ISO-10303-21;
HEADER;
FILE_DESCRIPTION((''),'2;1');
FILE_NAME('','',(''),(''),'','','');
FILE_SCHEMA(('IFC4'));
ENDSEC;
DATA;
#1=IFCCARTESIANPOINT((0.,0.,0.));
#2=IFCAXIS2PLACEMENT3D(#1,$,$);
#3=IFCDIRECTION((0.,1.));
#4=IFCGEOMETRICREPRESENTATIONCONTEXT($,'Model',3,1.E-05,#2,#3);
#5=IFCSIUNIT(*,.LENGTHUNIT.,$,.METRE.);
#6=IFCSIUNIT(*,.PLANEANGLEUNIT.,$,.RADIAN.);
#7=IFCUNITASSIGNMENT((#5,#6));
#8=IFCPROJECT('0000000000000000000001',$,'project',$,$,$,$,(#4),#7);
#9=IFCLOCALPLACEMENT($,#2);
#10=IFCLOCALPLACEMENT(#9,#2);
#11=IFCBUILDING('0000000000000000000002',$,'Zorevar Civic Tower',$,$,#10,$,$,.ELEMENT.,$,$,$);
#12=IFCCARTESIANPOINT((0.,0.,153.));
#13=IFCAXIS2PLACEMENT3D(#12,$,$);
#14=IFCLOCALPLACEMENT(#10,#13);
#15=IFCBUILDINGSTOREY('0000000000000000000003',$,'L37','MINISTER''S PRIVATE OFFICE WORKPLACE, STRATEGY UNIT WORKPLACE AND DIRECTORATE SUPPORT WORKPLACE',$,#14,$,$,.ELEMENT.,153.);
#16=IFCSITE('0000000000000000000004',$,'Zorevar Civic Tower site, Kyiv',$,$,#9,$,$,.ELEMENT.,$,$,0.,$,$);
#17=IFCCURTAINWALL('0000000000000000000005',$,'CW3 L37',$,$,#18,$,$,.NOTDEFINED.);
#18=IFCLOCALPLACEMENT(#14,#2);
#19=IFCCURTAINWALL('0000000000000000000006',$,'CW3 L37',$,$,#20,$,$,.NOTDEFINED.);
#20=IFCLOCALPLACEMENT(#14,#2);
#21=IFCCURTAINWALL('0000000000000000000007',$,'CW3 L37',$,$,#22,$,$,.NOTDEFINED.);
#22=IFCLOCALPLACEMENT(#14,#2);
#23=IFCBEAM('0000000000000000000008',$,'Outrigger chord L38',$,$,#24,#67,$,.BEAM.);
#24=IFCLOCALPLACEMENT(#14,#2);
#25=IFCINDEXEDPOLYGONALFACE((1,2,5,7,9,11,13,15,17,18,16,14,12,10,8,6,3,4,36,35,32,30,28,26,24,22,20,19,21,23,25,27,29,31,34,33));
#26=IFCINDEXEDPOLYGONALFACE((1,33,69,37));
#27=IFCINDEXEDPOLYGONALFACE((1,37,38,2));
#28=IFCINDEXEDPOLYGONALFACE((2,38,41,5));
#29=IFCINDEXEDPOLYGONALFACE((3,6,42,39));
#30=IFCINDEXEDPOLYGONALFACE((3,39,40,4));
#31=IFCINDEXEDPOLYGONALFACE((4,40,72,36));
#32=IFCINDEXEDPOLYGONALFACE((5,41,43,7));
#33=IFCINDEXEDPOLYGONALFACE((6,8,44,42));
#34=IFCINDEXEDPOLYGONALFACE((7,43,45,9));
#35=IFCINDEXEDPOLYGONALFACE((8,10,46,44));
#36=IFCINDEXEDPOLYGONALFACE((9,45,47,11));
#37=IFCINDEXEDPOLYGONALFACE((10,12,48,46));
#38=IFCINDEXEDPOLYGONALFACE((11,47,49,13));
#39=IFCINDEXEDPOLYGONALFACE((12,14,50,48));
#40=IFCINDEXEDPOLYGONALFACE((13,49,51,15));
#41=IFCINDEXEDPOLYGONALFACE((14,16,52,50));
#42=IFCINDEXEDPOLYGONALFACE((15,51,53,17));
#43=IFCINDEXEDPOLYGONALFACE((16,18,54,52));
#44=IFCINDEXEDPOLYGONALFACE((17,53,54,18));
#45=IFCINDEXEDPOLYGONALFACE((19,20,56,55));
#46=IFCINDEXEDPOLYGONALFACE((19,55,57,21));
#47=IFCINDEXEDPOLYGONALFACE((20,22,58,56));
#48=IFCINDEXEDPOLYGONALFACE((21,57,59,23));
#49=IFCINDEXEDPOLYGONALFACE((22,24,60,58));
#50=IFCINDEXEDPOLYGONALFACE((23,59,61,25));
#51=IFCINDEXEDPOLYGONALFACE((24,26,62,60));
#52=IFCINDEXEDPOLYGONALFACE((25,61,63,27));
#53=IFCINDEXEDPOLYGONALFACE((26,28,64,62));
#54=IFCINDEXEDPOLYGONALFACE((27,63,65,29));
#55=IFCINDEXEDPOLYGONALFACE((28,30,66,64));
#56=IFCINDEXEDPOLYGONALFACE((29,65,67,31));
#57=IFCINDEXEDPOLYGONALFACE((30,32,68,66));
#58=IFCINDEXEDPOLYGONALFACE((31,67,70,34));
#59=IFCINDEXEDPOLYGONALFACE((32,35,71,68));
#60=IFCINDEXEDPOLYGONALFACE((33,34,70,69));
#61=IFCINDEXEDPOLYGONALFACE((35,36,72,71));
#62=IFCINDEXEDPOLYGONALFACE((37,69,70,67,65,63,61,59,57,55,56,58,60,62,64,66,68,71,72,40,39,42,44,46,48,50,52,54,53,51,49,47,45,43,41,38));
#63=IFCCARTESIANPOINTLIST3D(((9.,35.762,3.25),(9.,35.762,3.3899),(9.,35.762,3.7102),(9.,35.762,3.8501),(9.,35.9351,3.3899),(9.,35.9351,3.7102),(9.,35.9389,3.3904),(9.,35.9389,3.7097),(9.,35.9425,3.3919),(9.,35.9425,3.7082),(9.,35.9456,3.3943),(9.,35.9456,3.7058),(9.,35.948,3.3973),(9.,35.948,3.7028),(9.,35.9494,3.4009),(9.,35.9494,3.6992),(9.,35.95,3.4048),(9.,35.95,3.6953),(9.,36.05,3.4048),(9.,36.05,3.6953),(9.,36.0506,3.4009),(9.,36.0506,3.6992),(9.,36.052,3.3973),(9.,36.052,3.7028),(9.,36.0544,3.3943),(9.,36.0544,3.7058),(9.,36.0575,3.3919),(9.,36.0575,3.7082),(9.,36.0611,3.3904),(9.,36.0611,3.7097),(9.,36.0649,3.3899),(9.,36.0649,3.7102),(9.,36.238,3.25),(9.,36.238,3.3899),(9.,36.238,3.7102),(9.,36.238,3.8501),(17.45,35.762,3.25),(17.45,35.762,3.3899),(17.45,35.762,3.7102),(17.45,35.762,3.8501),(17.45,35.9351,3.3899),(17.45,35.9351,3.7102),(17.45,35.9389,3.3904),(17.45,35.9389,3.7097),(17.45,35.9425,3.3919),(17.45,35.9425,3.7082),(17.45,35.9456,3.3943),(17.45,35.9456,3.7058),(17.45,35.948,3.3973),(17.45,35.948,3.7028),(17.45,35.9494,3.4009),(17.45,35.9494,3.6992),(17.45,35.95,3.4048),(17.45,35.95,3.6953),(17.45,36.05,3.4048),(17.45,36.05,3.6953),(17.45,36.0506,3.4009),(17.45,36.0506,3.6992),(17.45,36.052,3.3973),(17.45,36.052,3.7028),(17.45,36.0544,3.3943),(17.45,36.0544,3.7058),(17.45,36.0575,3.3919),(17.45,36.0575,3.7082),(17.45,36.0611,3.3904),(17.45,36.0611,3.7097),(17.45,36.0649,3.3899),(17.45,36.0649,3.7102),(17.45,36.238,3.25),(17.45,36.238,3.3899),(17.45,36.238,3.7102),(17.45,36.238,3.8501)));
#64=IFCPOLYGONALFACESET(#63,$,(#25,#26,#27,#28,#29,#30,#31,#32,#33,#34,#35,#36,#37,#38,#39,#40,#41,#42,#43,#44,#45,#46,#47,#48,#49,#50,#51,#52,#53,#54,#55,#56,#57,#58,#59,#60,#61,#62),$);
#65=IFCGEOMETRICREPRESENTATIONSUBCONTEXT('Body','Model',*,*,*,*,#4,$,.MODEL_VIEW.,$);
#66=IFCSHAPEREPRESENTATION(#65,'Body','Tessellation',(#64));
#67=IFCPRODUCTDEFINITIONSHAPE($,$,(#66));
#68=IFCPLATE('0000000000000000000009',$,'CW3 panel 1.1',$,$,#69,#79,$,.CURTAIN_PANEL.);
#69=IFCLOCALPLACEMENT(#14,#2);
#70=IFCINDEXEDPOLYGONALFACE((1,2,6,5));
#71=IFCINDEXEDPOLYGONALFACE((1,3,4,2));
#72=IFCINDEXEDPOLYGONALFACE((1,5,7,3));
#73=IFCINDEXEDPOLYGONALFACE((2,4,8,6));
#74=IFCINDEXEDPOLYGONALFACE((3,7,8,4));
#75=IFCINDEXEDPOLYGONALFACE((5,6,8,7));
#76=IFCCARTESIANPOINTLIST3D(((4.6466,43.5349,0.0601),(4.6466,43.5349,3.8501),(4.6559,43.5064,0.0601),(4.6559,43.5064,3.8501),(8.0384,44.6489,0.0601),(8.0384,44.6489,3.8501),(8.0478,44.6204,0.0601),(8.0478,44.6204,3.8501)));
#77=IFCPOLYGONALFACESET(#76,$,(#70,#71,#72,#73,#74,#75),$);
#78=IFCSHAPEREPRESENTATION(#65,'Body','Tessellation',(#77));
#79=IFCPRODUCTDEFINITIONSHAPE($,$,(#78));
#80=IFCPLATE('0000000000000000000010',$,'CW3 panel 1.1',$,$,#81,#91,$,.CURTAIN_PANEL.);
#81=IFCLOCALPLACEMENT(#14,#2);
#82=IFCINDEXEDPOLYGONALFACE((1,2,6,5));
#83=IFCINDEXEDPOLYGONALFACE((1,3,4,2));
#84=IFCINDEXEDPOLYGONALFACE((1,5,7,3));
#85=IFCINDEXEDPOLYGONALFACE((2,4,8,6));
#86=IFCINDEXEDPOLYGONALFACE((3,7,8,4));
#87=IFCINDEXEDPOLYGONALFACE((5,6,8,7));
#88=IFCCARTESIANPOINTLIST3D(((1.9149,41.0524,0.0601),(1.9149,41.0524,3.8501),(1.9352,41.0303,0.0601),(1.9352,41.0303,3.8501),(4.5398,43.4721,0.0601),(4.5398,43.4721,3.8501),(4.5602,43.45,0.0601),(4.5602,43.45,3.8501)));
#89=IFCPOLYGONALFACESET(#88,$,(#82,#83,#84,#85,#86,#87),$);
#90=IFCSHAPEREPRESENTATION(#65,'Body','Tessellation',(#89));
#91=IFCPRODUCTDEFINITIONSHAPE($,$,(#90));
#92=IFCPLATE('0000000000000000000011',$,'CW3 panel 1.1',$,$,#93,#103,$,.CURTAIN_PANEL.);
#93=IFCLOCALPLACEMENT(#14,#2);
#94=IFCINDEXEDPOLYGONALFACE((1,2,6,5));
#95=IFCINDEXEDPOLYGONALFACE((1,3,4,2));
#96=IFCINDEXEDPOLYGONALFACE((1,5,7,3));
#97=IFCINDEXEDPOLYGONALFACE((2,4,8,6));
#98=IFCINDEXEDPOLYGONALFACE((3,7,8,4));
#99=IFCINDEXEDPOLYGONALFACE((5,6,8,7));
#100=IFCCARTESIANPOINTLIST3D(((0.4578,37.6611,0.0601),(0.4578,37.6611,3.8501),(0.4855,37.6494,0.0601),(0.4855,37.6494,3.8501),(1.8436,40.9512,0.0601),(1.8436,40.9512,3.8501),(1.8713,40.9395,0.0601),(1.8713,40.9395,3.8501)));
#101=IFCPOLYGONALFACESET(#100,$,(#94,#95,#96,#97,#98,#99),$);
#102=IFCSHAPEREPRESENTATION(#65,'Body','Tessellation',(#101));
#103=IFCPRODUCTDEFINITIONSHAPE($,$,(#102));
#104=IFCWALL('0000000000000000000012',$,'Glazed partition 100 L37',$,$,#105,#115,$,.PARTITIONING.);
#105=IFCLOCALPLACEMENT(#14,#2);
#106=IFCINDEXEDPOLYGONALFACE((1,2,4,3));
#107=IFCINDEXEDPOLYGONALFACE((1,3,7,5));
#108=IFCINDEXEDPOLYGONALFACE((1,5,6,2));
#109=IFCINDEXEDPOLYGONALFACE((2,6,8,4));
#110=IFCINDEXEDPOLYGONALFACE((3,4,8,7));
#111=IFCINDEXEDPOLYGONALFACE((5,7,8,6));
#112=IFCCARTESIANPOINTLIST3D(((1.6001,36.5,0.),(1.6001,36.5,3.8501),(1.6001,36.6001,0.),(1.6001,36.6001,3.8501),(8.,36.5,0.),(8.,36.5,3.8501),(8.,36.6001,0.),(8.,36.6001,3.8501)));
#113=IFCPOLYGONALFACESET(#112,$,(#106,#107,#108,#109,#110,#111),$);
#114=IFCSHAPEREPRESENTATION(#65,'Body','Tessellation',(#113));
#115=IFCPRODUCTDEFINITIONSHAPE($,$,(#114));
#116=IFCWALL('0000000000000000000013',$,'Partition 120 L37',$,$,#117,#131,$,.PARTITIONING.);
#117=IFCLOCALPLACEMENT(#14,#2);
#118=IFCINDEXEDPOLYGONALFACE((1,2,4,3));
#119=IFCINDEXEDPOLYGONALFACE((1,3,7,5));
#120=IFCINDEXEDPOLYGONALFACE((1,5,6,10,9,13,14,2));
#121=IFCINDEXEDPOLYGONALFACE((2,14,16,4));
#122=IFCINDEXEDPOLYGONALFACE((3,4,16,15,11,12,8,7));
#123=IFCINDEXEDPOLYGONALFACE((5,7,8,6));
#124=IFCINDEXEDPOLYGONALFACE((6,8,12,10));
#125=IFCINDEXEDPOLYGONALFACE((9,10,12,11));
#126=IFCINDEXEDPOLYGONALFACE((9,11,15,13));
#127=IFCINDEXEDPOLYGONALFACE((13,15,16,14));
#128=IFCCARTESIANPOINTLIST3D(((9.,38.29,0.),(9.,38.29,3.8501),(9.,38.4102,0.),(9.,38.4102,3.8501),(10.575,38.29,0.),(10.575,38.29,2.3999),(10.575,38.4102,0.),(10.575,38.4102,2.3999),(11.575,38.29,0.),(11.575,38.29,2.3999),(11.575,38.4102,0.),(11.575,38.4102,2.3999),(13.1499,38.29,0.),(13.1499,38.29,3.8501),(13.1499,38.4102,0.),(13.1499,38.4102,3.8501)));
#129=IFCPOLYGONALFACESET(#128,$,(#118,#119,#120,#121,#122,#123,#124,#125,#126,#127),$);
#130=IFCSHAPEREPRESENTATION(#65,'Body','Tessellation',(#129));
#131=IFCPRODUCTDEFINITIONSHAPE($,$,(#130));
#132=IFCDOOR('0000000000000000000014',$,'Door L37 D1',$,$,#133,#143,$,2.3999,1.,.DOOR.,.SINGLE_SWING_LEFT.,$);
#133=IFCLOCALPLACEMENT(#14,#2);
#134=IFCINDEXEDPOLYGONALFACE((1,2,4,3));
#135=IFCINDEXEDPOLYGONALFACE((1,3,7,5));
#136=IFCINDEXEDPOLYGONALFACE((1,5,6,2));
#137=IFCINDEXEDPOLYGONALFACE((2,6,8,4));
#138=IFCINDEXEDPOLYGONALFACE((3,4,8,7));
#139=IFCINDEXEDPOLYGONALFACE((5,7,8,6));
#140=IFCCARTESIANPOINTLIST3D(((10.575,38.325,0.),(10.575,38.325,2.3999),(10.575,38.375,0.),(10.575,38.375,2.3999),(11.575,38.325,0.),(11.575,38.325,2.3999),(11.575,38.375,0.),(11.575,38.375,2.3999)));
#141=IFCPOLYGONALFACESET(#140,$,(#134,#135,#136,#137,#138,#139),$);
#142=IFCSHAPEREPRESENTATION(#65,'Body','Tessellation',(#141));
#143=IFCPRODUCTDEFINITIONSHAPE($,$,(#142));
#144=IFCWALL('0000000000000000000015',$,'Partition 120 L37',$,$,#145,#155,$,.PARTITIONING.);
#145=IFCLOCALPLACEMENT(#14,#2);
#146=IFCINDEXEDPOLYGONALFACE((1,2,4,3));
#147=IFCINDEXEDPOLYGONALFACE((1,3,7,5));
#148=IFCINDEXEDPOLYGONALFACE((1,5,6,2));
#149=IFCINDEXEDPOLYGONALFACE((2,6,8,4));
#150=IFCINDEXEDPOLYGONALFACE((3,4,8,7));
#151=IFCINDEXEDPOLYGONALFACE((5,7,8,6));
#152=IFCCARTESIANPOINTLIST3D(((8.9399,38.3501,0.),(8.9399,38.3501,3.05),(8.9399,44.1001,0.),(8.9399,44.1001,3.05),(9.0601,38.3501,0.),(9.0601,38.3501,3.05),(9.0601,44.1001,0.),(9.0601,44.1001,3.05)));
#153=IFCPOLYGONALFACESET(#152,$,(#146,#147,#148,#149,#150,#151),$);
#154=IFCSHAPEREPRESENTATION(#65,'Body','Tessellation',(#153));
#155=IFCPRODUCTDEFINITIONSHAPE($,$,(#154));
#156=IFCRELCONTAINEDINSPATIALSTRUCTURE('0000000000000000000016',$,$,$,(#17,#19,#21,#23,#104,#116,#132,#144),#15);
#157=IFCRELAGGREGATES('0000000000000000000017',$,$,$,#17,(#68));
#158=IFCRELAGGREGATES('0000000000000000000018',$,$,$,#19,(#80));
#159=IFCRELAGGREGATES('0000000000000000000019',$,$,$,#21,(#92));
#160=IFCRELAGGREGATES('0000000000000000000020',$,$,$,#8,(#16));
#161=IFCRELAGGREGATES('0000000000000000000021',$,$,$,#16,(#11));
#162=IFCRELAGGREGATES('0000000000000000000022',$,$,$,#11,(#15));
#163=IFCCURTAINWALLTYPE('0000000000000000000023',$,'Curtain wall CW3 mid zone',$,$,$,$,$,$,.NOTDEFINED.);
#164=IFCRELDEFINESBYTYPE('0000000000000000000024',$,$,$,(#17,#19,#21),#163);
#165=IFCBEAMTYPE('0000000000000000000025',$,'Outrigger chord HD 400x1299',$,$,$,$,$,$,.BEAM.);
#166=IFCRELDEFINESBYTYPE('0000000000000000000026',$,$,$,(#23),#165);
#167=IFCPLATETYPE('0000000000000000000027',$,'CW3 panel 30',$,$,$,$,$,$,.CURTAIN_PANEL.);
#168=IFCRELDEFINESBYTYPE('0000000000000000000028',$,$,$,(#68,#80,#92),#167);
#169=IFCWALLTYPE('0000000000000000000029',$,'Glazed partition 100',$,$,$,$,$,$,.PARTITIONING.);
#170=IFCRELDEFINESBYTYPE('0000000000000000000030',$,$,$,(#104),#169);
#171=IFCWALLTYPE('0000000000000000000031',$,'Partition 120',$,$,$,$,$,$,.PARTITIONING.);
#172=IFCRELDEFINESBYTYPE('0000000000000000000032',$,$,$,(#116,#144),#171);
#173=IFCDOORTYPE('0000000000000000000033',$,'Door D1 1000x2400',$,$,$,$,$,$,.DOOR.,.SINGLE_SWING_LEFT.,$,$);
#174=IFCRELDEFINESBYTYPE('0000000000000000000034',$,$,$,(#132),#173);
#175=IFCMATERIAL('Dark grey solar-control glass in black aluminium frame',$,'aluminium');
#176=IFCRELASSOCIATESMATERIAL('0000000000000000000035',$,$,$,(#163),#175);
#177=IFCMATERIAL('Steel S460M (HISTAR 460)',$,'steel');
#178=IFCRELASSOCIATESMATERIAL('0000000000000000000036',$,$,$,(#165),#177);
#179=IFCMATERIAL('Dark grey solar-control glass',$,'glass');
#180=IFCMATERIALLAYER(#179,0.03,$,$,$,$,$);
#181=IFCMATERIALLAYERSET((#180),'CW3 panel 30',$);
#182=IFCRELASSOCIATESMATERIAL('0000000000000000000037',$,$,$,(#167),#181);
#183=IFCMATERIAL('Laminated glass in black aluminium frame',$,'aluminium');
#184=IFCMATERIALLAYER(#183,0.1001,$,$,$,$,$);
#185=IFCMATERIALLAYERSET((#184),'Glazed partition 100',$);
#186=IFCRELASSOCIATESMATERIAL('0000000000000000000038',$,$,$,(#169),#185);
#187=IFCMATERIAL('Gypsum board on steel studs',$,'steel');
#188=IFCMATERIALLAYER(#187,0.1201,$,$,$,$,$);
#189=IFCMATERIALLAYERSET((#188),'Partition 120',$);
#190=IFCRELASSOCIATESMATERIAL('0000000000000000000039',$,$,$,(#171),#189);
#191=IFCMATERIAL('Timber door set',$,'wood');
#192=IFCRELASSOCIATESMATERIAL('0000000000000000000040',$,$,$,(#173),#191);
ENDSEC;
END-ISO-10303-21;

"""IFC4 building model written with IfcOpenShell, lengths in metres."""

from ifc_helpers import new_model, si_unit, direction, frame, frame_2d, origin, origin_2d, place, context, subcontext, project, spatial, rectangle, i_section, extrude, material, layer, layer_set, material_profile, profile_set, type_object, element, fill, aggregate, save


model = new_model("IFC4")

# Units and contexts
model_context = context("Model", 3, precision=1e-05, world=origin(), true_north=direction((0.0, 1.0)))
body_context = subcontext(model_context, "Body", "Model", "MODEL_VIEW")
ifc_project = project(units=[si_unit("LENGTHUNIT", "METRE"), si_unit("PLANEANGLEUNIT", "RADIAN")], contexts=[model_context])

# Site, building, storey
site_placement = place(None, origin())
site = spatial("IfcSite", under=ifc_project, at=site_placement, Name="Zorevar Civic Tower site, Kyiv", CompositionType="ELEMENT", RefElevation=0.0)
building_placement = place(site_placement, origin())
building = spatial("IfcBuilding", under=site, at=building_placement, Name="Zorevar Civic Tower", CompositionType="ELEMENT")
storey_placement = place(building_placement, frame((0.0, 0.0, 153.0)))
storey = spatial("IfcBuildingStorey", under=building, at=storey_placement, Name="L37", Description="MINISTER'S PRIVATE OFFICE WORKPLACE, STRATEGY UNIT WORKPLACE AND DIRECTORATE SUPPORT WORKPLACE", CompositionType="ELEMENT", Elevation=153.0)

# Shared definitions
ifc_material_1 = material(Name="Dark grey solar-control glass in black aluminium frame", Category="aluminium")
curtain_wall_type = type_object("IfcCurtainWallType", Name="Curtain wall CW3 mid zone", PredefinedType="NOTDEFINED", material=ifc_material_1)

# Curtain walls
curtain_wall_1_placement = place(storey_placement, origin())
curtain_wall_1 = element("IfcCurtainWall", 1, at=curtain_wall_1_placement, inside=storey, type_object=curtain_wall_type, Name="CW3 L37", PredefinedType="NOTDEFINED")
curtain_wall_2_placement = place(storey_placement, origin())
curtain_wall_2 = element("IfcCurtainWall", 2, at=curtain_wall_2_placement, inside=storey, type_object=curtain_wall_type, Name="CW3 L37", PredefinedType="NOTDEFINED")
curtain_wall_3_placement = place(storey_placement, origin())
curtain_wall_3 = element("IfcCurtainWall", 3, at=curtain_wall_3_placement, inside=storey, type_object=curtain_wall_type, Name="CW3 L37", PredefinedType="NOTDEFINED")

# Beam
ifc_material_2 = material(Name="Steel S460M (HISTAR 460)", Category="steel")
ifc_material_profile_1 = material_profile(ifc_material_2, i_section(OverallWidth=0.4761, OverallDepth=0.6001, WebThickness=0.1001, FlangeThickness=0.1399, FilletRadius=0.0149, at=origin_2d()), Name="HD 400x1299")
ifc_profile_set_1 = profile_set([ifc_material_profile_1], Name="Steel S460M (HISTAR 460)")
beam_type_1 = type_object("IfcBeamType", Name="Outrigger chord HD 400x1299", PredefinedType="BEAM", material=ifc_profile_set_1)
beam_1_placement = place(storey_placement, frame((9.0, 36.0, 3.55), z_axis=(1.0, 0.0, 0.0), x_axis=(0.0, 1.0, 0.0)))
element("IfcBeam", 4, at=beam_1_placement, inside=storey, type_object=beam_type_1, Name="Outrigger chord L38", PredefinedType="BEAM", context=body_context, shape_type="SweptSolid", body=[
    extrude(i_section(OverallWidth=0.4761, OverallDepth=0.6001, WebThickness=0.1001, FlangeThickness=0.1399, FilletRadius=0.0149, at=origin_2d()), origin(), (0.0, 0.0, 1.0), 8.45),
])

# Plates
ifc_material_3 = material(Name="Dark grey solar-control glass", Category="glass")
ifc_layer_1 = layer(ifc_material_3, 0.03)
ifc_layer_set_1 = layer_set([ifc_layer_1], Name="CW3 panel 30")
plate_type = type_object("IfcPlateType", Name="CW3 panel 30", PredefinedType="CURTAIN_PANEL", material=ifc_layer_set_1)
plate_1_placement = place(storey_placement, frame((6.3472, 44.0776, 0.0601), z_axis=(0.0, 0.0, 1.0), x_axis=(-0.95007, -0.312036, 0.0)))
plate_1 = element("IfcPlate", 5, at=plate_1_placement, type_object=plate_type, Name="CW3 panel 1.1", PredefinedType="CURTAIN_PANEL", context=body_context, shape_type="SweptSolid", body=[
    extrude(rectangle(XDim=3.5701, YDim=0.03, at=origin_2d()), origin(), (0.0, 0.0, 1.0), 3.79),
])
aggregate(curtain_wall_1, [plate_1])
plate_2_placement = place(storey_placement, frame((3.2375, 42.2512, 0.0601), z_axis=(0.0, 0.0, 1.0), x_axis=(-0.735267, -0.677777, 0.0)))
plate_2 = element("IfcPlate", 6, at=plate_2_placement, type_object=plate_type, Name="CW3 panel 1.1", PredefinedType="CURTAIN_PANEL", context=body_context, shape_type="SweptSolid", body=[
    extrude(rectangle(XDim=3.5701, YDim=0.03, at=origin_2d()), origin(), (0.0, 0.0, 1.0), 3.79),
])
aggregate(curtain_wall_2, [plate_2])
plate_3_placement = place(storey_placement, frame((1.1646, 39.3003, 0.0601), z_axis=(0.0, 0.0, 1.0), x_axis=(-0.388184, -0.921582, 0.0)))
plate_3 = element("IfcPlate", 7, at=plate_3_placement, type_object=plate_type, Name="CW3 panel 1.1", PredefinedType="CURTAIN_PANEL", context=body_context, shape_type="SweptSolid", body=[
    extrude(rectangle(XDim=3.5701, YDim=0.03, at=origin_2d()), origin(), (0.0, 0.0, 1.0), 3.79),
])
aggregate(curtain_wall_3, [plate_3])

# Wall
ifc_material_4 = material(Name="Laminated glass in black aluminium frame", Category="aluminium")
ifc_layer_2 = layer(ifc_material_4, 0.1001)
ifc_layer_set_2 = layer_set([ifc_layer_2], Name="Glazed partition 100")
wall_type_1 = type_object("IfcWallType", Name="Glazed partition 100", PredefinedType="PARTITIONING", material=ifc_layer_set_2)
wall_1_placement = place(storey_placement, frame((1.6001, 36.55, 0.0), z_axis=(0.0, 0.0, 1.0), x_axis=(1.0, 0.0, 0.0)))
element("IfcWall", 8, at=wall_1_placement, inside=storey, type_object=wall_type_1, Name="Glazed partition 100 L37", PredefinedType="PARTITIONING", context=body_context, shape_type="SweptSolid", body=[
    extrude(rectangle(XDim=6.3999, YDim=0.1001, at=frame_2d((3.2, 0.0))), origin(), (0.0, 0.0, 1.0), 3.8501),
])

# Wall, opening, door
ifc_material_5 = material(Name="Gypsum board on steel studs", Category="steel")
ifc_layer_3 = layer(ifc_material_5, 0.1201)
ifc_layer_set_3 = layer_set([ifc_layer_3], Name="Partition 120")
wall_type_2 = type_object("IfcWallType", Name="Partition 120", PredefinedType="PARTITIONING", material=ifc_layer_set_3)
wall_2_placement = place(storey_placement, frame((9.0, 38.3501, 0.0), z_axis=(0.0, 0.0, 1.0), x_axis=(1.0, 0.0, 0.0)))
wall_2 = element("IfcWall", 9, at=wall_2_placement, inside=storey, type_object=wall_type_2, Name="Partition 120 L37", PredefinedType="PARTITIONING", context=body_context, shape_type="SweptSolid", body=[
    extrude(rectangle(XDim=4.1499, YDim=0.1201, at=frame_2d((2.075, 0.0))), origin(), (0.0, 0.0, 1.0), 3.8501),
])
opening_placement = place(wall_2_placement, frame((1.575, 0.0, 0.0)))
opening = element("IfcOpeningElement", 10, at=opening_placement, cuts=wall_2, PredefinedType="OPENING", context=body_context, shape_type="SweptSolid", body=[
    extrude(rectangle(XDim=1.0, YDim=2.3999, at=frame_2d((0.5, 1.2))), frame((0.0, 0.0701, 0.0), z_axis=(0.0, -1.0, 0.0), x_axis=(1.0, 0.0, 0.0)), (0.0, 0.0, 1.0), 0.1401),
])
ifc_material_6 = material(Name="Timber door set", Category="wood")
door_type = type_object("IfcDoorType", Name="Door D1 1000x2400", OperationType="SINGLE_SWING_LEFT", PredefinedType="DOOR", material=ifc_material_6)
door_placement = place(opening_placement, origin())
door = element("IfcDoor", 11, at=door_placement, inside=storey, type_object=door_type, Name="Door L37 D1", OperationType="SINGLE_SWING_LEFT", OverallHeight=2.3999, OverallWidth=1.0, PredefinedType="DOOR", context=body_context, shape_type="SweptSolid", body=[
    extrude(rectangle(XDim=1.0, YDim=2.3999, at=frame_2d((0.5, 1.2))), frame((0.0, 0.0249, 0.0), z_axis=(0.0, -1.0, 0.0), x_axis=(1.0, 0.0, 0.0)), (0.0, 0.0, 1.0), 0.05),
])
fill(opening, door)

# Wall
wall_3_placement = place(storey_placement, frame((9.0, 38.3501, 0.0), z_axis=(0.0, 0.0, 1.0), x_axis=(0.0, 1.0, 0.0)))
element("IfcWall", 12, at=wall_3_placement, inside=storey, type_object=wall_type_2, Name="Partition 120 L37", PredefinedType="PARTITIONING", context=body_context, shape_type="SweptSolid", body=[
    extrude(rectangle(XDim=5.75, YDim=0.1201, at=frame_2d((2.875, 0.0))), origin(), (0.0, 0.0, 1.0), 3.05),
])

save(model, "model.ifc")
